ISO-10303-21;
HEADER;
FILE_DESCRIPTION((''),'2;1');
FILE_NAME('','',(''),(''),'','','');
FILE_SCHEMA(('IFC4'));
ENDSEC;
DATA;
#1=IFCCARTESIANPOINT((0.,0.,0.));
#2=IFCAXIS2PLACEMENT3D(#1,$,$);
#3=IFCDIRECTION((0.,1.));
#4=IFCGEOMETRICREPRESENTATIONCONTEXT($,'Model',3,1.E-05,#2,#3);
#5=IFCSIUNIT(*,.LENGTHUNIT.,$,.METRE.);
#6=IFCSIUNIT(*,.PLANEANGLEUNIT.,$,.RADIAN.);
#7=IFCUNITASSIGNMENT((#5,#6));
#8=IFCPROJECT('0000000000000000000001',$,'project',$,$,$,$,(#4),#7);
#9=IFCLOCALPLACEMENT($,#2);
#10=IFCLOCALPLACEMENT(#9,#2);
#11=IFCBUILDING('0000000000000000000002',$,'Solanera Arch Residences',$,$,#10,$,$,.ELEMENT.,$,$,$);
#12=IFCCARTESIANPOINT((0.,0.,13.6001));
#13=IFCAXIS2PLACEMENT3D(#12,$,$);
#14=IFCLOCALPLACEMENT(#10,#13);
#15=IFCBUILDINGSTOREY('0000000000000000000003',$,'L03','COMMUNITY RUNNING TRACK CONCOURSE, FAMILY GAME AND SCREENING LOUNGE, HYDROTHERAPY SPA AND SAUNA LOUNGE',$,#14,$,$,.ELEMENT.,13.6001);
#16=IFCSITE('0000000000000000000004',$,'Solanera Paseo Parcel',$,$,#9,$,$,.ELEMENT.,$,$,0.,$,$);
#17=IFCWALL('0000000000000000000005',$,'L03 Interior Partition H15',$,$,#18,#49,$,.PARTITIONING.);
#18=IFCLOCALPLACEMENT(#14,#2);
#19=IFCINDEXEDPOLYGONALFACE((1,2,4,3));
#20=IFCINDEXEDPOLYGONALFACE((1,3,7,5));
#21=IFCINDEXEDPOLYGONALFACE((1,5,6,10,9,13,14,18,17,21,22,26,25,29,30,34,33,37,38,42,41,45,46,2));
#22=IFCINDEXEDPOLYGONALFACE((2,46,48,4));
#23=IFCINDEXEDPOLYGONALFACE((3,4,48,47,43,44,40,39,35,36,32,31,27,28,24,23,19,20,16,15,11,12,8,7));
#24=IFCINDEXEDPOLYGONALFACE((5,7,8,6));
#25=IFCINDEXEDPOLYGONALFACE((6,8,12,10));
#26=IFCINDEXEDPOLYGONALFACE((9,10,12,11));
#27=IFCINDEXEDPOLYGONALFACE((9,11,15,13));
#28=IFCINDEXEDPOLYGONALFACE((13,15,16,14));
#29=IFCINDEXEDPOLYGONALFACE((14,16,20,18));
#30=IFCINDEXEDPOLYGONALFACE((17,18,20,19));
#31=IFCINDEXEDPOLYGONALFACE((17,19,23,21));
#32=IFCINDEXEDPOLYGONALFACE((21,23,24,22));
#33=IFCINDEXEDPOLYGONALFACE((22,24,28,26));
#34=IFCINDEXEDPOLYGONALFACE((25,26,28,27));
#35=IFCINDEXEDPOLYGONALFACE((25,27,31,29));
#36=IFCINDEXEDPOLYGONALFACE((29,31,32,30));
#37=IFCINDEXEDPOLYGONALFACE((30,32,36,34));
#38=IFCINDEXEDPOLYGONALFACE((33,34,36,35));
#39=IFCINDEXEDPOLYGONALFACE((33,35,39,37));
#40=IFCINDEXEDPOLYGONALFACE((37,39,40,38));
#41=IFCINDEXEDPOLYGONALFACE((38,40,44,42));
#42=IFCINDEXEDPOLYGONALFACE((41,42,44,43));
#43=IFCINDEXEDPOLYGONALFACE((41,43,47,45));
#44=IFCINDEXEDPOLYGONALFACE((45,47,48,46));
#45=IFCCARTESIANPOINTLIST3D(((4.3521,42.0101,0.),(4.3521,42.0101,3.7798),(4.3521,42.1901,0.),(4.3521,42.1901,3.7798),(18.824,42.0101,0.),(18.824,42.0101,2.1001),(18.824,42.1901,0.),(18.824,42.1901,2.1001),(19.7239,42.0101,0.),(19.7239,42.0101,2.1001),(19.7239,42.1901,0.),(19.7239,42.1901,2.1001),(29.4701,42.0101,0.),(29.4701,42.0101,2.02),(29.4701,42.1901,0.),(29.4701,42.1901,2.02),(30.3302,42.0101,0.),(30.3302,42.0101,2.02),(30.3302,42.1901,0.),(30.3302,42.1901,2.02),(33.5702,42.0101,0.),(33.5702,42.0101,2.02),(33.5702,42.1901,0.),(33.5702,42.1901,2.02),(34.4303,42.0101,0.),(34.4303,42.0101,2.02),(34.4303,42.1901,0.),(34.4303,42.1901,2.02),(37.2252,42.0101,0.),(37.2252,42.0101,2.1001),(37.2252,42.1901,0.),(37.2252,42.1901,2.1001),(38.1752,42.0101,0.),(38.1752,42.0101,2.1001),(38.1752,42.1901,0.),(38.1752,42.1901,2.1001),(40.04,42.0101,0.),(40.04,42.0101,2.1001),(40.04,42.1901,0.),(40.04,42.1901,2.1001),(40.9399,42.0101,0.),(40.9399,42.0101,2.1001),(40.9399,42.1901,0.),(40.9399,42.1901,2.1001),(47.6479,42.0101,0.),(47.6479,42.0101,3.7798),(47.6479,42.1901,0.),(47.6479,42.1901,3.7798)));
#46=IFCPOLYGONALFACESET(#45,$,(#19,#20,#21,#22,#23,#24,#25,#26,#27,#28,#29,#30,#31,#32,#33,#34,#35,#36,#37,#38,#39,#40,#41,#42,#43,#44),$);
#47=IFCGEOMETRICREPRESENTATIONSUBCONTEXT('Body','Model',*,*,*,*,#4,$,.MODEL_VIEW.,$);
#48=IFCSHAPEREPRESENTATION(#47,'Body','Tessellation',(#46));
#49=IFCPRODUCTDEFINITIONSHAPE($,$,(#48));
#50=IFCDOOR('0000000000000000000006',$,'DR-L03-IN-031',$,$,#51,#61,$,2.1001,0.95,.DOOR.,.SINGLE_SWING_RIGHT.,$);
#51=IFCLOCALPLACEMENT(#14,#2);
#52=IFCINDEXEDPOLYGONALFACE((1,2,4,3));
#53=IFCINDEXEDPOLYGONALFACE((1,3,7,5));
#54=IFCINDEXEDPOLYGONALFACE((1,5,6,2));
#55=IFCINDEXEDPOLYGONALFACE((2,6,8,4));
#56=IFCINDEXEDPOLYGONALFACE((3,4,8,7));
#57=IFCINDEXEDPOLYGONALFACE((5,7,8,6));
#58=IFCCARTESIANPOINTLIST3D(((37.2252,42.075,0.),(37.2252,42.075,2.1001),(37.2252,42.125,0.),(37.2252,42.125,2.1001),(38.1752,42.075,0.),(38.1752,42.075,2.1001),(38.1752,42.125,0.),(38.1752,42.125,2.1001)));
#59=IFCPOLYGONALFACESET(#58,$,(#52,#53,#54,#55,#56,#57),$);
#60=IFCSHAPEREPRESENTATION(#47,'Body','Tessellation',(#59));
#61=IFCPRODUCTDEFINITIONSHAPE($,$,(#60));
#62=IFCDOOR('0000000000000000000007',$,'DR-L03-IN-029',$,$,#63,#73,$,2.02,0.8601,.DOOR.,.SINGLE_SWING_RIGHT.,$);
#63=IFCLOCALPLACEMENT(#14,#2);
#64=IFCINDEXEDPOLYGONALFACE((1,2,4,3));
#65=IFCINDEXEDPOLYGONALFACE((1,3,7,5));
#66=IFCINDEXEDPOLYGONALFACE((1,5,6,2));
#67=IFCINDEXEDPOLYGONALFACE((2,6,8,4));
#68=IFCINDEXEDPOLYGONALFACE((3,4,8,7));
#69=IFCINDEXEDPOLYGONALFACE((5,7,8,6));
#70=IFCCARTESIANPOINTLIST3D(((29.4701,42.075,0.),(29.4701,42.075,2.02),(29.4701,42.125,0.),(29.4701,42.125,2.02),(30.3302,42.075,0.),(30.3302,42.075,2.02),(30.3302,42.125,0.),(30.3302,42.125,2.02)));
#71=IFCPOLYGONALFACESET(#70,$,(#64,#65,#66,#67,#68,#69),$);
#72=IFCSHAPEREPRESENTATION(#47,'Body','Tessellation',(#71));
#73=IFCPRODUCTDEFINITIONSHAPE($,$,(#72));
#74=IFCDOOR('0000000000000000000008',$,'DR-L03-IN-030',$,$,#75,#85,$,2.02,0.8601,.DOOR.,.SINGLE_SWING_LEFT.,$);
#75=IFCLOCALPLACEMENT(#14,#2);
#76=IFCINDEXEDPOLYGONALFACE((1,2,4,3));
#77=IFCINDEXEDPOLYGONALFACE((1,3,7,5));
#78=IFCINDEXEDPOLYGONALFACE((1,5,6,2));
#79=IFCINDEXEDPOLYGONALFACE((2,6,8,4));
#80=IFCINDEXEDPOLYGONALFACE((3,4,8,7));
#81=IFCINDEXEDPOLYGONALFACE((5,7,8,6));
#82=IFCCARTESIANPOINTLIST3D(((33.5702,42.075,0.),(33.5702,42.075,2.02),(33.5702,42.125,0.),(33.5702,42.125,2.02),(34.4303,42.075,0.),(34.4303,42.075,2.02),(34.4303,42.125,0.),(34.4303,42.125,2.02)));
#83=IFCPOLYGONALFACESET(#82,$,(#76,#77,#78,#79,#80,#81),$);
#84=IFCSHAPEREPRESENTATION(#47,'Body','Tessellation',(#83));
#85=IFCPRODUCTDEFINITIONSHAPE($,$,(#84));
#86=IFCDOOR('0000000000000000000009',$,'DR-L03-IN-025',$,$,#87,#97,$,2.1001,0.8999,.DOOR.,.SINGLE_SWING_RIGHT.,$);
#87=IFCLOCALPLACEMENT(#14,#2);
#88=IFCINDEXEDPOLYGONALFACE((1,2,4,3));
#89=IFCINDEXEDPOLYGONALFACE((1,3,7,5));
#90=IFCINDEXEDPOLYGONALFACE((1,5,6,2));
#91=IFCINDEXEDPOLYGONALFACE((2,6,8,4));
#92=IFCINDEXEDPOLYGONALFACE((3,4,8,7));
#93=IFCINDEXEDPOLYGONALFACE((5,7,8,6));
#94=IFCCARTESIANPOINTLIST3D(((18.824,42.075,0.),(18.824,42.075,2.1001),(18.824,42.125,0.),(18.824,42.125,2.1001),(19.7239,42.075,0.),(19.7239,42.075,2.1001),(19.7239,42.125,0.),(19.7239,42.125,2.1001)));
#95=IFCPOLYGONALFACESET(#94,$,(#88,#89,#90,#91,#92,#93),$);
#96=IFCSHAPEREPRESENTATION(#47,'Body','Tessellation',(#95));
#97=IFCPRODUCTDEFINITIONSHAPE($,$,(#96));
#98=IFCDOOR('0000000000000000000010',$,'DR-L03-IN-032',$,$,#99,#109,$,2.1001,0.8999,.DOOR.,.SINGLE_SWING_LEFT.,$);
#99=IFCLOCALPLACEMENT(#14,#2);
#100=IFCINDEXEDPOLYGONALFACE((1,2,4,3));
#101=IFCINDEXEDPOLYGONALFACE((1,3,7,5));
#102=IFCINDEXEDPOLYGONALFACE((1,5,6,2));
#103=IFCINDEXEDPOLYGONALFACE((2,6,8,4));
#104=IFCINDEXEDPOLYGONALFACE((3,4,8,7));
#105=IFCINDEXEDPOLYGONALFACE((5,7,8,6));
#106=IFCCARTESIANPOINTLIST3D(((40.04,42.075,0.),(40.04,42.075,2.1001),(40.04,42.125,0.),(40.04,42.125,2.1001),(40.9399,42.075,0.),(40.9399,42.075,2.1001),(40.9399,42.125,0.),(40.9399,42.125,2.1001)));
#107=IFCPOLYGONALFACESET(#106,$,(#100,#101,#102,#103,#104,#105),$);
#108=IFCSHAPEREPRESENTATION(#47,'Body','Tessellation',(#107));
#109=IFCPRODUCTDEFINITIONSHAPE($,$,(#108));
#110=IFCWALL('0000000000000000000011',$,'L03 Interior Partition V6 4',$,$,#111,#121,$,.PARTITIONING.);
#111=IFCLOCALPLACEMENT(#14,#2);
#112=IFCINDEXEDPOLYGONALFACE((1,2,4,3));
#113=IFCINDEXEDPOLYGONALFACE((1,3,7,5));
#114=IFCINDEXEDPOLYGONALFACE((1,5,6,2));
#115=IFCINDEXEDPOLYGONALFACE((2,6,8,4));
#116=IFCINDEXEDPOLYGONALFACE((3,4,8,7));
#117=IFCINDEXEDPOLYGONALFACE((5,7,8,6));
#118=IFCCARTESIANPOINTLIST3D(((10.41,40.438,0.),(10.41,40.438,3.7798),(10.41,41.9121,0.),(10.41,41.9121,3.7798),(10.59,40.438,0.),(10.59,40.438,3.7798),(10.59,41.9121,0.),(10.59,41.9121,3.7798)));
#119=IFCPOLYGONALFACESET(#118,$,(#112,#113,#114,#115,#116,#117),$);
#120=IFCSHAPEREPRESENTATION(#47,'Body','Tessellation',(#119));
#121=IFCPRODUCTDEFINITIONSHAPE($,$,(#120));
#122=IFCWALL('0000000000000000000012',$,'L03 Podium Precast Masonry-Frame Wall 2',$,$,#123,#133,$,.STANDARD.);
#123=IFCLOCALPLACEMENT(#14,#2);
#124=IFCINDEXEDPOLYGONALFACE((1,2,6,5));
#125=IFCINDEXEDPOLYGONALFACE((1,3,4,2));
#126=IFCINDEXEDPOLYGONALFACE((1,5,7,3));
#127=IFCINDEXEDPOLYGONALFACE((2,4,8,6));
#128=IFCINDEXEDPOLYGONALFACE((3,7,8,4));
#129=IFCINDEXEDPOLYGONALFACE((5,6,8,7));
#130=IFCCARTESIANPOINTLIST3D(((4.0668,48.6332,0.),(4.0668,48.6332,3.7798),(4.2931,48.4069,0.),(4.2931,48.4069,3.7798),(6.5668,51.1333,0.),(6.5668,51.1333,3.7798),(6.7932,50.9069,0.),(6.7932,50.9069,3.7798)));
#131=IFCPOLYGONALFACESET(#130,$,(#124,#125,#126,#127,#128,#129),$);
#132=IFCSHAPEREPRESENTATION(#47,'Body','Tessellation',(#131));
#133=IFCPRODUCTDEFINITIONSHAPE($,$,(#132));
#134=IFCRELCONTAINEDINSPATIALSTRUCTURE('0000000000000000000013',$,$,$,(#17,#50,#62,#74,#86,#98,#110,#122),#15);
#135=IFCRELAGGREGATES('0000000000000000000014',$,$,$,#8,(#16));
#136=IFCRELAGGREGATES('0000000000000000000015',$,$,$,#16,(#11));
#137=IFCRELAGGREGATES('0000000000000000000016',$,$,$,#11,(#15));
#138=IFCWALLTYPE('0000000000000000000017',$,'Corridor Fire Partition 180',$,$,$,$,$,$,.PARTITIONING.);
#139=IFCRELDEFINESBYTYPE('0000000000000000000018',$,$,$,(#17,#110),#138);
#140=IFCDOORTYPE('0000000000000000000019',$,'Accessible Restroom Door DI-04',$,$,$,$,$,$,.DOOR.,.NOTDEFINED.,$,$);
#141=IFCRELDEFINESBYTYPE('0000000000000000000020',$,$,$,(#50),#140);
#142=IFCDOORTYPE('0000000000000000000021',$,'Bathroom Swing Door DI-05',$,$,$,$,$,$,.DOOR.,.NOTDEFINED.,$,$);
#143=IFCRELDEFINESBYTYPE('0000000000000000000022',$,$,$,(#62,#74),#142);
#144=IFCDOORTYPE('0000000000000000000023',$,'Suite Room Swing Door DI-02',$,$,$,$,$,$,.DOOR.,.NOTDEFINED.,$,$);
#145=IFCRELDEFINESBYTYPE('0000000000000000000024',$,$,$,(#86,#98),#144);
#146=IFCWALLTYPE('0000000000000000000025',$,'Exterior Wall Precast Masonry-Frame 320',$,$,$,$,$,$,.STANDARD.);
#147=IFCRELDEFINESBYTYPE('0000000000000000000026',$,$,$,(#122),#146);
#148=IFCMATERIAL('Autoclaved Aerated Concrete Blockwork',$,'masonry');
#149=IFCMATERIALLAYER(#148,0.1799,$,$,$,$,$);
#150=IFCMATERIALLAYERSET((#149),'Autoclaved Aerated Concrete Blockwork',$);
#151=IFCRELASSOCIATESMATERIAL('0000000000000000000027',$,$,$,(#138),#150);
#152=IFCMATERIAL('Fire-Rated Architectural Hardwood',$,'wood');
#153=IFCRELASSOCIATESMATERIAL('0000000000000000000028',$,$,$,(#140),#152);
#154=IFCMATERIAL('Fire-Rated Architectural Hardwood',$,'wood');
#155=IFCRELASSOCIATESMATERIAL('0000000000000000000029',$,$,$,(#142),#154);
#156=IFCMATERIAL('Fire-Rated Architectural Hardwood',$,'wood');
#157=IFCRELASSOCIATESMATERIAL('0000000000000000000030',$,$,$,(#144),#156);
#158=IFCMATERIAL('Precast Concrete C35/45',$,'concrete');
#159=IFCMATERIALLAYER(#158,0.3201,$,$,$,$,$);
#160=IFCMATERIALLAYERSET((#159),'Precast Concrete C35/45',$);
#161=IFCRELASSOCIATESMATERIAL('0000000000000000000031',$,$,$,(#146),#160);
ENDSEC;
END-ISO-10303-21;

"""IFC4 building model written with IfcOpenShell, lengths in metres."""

from ifc_helpers import new_model, si_unit, direction, frame, frame_2d, origin, place, context, subcontext, project, spatial, rectangle, extrude, material, layer, layer_set, type_object, element, fill, save


model = new_model("IFC4")

# Units and contexts
model_context = context("Model", 3, precision=1e-05, world=origin(), true_north=direction((0.0, 1.0)))
body_context = subcontext(model_context, "Body", "Model", "MODEL_VIEW")
ifc_project = project(units=[si_unit("LENGTHUNIT", "METRE"), si_unit("PLANEANGLEUNIT", "RADIAN")], contexts=[model_context])

# Site, building, storey
site_placement = place(None, origin())
site = spatial("IfcSite", under=ifc_project, at=site_placement, Name="Solanera Paseo Parcel", CompositionType="ELEMENT", RefElevation=0.0)
building_placement = place(site_placement, origin())
building = spatial("IfcBuilding", under=site, at=building_placement, Name="Solanera Arch Residences", CompositionType="ELEMENT")
storey_placement = place(building_placement, frame((0.0, 0.0, 13.6001)))
storey = spatial("IfcBuildingStorey", under=building, at=storey_placement, Name="L03", Description="COMMUNITY RUNNING TRACK CONCOURSE, FAMILY GAME AND SCREENING LOUNGE, HYDROTHERAPY SPA AND SAUNA LOUNGE", CompositionType="ELEMENT", Elevation=13.6001)

# Wall, openings, doors
ifc_material_1 = material(Name="Autoclaved Aerated Concrete Blockwork", Category="masonry")
ifc_layer_1 = layer(ifc_material_1, 0.1799)
ifc_layer_set_1 = layer_set([ifc_layer_1], Name="Autoclaved Aerated Concrete Blockwork")
wall_type_1 = type_object("IfcWallType", Name="Corridor Fire Partition 180", PredefinedType="PARTITIONING", material=ifc_layer_set_1)
wall_1_placement = place(storey_placement, frame((4.3521, 42.1001, 0.0), z_axis=(0.0, 0.0, 1.0), x_axis=(1.0, 0.0, 0.0)))
wall_1 = element("IfcWall", 1, at=wall_1_placement, inside=storey, type_object=wall_type_1, Name="L03 Interior Partition H15", PredefinedType="PARTITIONING", context=body_context, shape_type="SweptSolid", body=[
    extrude(rectangle(XDim=43.2959, YDim=0.1799, at=frame_2d((21.6479, 0.0))), origin(), (0.0, 0.0, 1.0), 3.7798),
])
opening_1_placement = place(wall_1_placement, frame((14.4719, 0.0, 0.0)))
opening_1 = element("IfcOpeningElement", 2, at=opening_1_placement, cuts=wall_1, PredefinedType="OPENING", context=body_context, shape_type="SweptSolid", body=[
    extrude(rectangle(XDim=0.8999, YDim=2.1001, at=frame_2d((0.45, 1.05))), frame((0.0, 0.1001, 0.0), z_axis=(0.0, -1.0, 0.0), x_axis=(1.0, 0.0, 0.0)), (0.0, 0.0, 1.0), 0.1999),
])
opening_2_placement = place(wall_1_placement, frame((25.1179, 0.0, 0.0)))
opening_2 = element("IfcOpeningElement", 3, at=opening_2_placement, cuts=wall_1, PredefinedType="OPENING", context=body_context, shape_type="SweptSolid", body=[
    extrude(rectangle(XDim=0.8601, YDim=2.02, at=frame_2d((0.4302, 1.01))), frame((0.0, 0.1001, 0.0), z_axis=(0.0, -1.0, 0.0), x_axis=(1.0, 0.0, 0.0)), (0.0, 0.0, 1.0), 0.1999),
])
opening_3_placement = place(wall_1_placement, frame((29.218, 0.0, 0.0)))
opening_3 = element("IfcOpeningElement", 4, at=opening_3_placement, cuts=wall_1, PredefinedType="OPENING", context=body_context, shape_type="SweptSolid", body=[
    extrude(rectangle(XDim=0.8601, YDim=2.02, at=frame_2d((0.4302, 1.01))), frame((0.0, 0.1001, 0.0), z_axis=(0.0, -1.0, 0.0), x_axis=(1.0, 0.0, 0.0)), (0.0, 0.0, 1.0), 0.1999),
])
opening_4_placement = place(wall_1_placement, frame((32.873, 0.0, 0.0)))
opening_4 = element("IfcOpeningElement", 5, at=opening_4_placement, cuts=wall_1, PredefinedType="OPENING", context=body_context, shape_type="SweptSolid", body=[
    extrude(rectangle(XDim=0.95, YDim=2.1001, at=frame_2d((0.4751, 1.05))), frame((0.0, 0.1001, 0.0), z_axis=(0.0, -1.0, 0.0), x_axis=(1.0, 0.0, 0.0)), (0.0, 0.0, 1.0), 0.1999),
])
opening_5_placement = place(wall_1_placement, frame((35.688, 0.0, 0.0)))
opening_5 = element("IfcOpeningElement", 6, at=opening_5_placement, cuts=wall_1, PredefinedType="OPENING", context=body_context, shape_type="SweptSolid", body=[
    extrude(rectangle(XDim=0.8999, YDim=2.1001, at=frame_2d((0.45, 1.05))), frame((0.0, 0.1001, 0.0), z_axis=(0.0, -1.0, 0.0), x_axis=(1.0, 0.0, 0.0)), (0.0, 0.0, 1.0), 0.1999),
])
ifc_material_2 = material(Name="Fire-Rated Architectural Hardwood", Category="wood")
door_type_1 = type_object("IfcDoorType", Name="Accessible Restroom Door DI-04", OperationType="NOTDEFINED", PredefinedType="DOOR", material=ifc_material_2)
door_1_placement = place(opening_4_placement, origin())
door_1 = element("IfcDoor", 7, at=door_1_placement, inside=storey, type_object=door_type_1, Name="DR-L03-IN-031", OperationType="SINGLE_SWING_RIGHT", OverallHeight=2.1001, OverallWidth=0.95, PredefinedType="DOOR", context=body_context, shape_type="SweptSolid", body=[
    extrude(rectangle(XDim=0.95, YDim=2.1001, at=frame_2d((0.4751, 1.05))), frame((0.0, 0.0249, 0.0), z_axis=(0.0, -1.0, 0.0), x_axis=(1.0, 0.0, 0.0)), (0.0, 0.0, 1.0), 0.05),
])
fill(opening_4, door_1)
ifc_material_3 = material(Name="Fire-Rated Architectural Hardwood", Category="wood")
door_type_2 = type_object("IfcDoorType", Name="Bathroom Swing Door DI-05", OperationType="NOTDEFINED", PredefinedType="DOOR", material=ifc_material_3)
door_2_placement = place(opening_2_placement, origin())
door_2 = element("IfcDoor", 8, at=door_2_placement, inside=storey, type_object=door_type_2, Name="DR-L03-IN-029", OperationType="SINGLE_SWING_RIGHT", OverallHeight=2.02, OverallWidth=0.8601, PredefinedType="DOOR", context=body_context, shape_type="SweptSolid", body=[
    extrude(rectangle(XDim=0.8601, YDim=2.02, at=frame_2d((0.4302, 1.01))), frame((0.0, 0.0249, 0.0), z_axis=(0.0, -1.0, 0.0), x_axis=(1.0, 0.0, 0.0)), (0.0, 0.0, 1.0), 0.05),
])
fill(opening_2, door_2)
door_3_placement = place(opening_3_placement, origin())
door_3 = element("IfcDoor", 9, at=door_3_placement, inside=storey, type_object=door_type_2, Name="DR-L03-IN-030", OperationType="SINGLE_SWING_LEFT", OverallHeight=2.02, OverallWidth=0.8601, PredefinedType="DOOR", context=body_context, shape_type="SweptSolid", body=[
    extrude(rectangle(XDim=0.8601, YDim=2.02, at=frame_2d((0.4302, 1.01))), frame((0.0, 0.0249, 0.0), z_axis=(0.0, -1.0, 0.0), x_axis=(1.0, 0.0, 0.0)), (0.0, 0.0, 1.0), 0.05),
])
fill(opening_3, door_3)
ifc_material_4 = material(Name="Fire-Rated Architectural Hardwood", Category="wood")
door_type_3 = type_object("IfcDoorType", Name="Suite Room Swing Door DI-02", OperationType="NOTDEFINED", PredefinedType="DOOR", material=ifc_material_4)
door_4_placement = place(opening_1_placement, origin())
door_4 = element("IfcDoor", 10, at=door_4_placement, inside=storey, type_object=door_type_3, Name="DR-L03-IN-025", OperationType="SINGLE_SWING_RIGHT", OverallHeight=2.1001, OverallWidth=0.8999, PredefinedType="DOOR", context=body_context, shape_type="SweptSolid", body=[
    extrude(rectangle(XDim=0.8999, YDim=2.1001, at=frame_2d((0.45, 1.05))), frame((0.0, 0.0249, 0.0), z_axis=(0.0, -1.0, 0.0), x_axis=(1.0, 0.0, 0.0)), (0.0, 0.0, 1.0), 0.05),
])
fill(opening_1, door_4)
door_5_placement = place(opening_5_placement, origin())
door_5 = element("IfcDoor", 11, at=door_5_placement, inside=storey, type_object=door_type_3, Name="DR-L03-IN-032", OperationType="SINGLE_SWING_LEFT", OverallHeight=2.1001, OverallWidth=0.8999, PredefinedType="DOOR", context=body_context, shape_type="SweptSolid", body=[
    extrude(rectangle(XDim=0.8999, YDim=2.1001, at=frame_2d((0.45, 1.05))), frame((0.0, 0.0249, 0.0), z_axis=(0.0, -1.0, 0.0), x_axis=(1.0, 0.0, 0.0)), (0.0, 0.0, 1.0), 0.05),
])
fill(opening_5, door_5)

# Walls
wall_2_placement = place(storey_placement, frame((10.5, 40.438, 0.0), z_axis=(0.0, 0.0, 1.0), x_axis=(0.0, 1.0, 0.0)))
element("IfcWall", 12, at=wall_2_placement, inside=storey, type_object=wall_type_1, Name="L03 Interior Partition V6 4", PredefinedType="PARTITIONING", context=body_context, shape_type="SweptSolid", body=[
    extrude(rectangle(XDim=1.4741, YDim=0.1799, at=frame_2d((0.7371, 0.0))), origin(), (0.0, 0.0, 1.0), 3.7798),
])
ifc_material_5 = material(Name="Precast Concrete C35/45", Category="concrete")
ifc_layer_2 = layer(ifc_material_5, 0.3201)
ifc_layer_set_2 = layer_set([ifc_layer_2], Name="Precast Concrete C35/45")
wall_type_2 = type_object("IfcWallType", Name="Exterior Wall Precast Masonry-Frame 320", PredefinedType="STANDARD", material=ifc_layer_set_2)
wall_3_placement = place(storey_placement, frame((4.1799, 48.52, 0.0), z_axis=(0.0, 0.0, 1.0), x_axis=(0.707107, 0.707107, 0.0)))
element("IfcWall", 13, at=wall_3_placement, inside=storey, type_object=wall_type_2, Name="L03 Podium Precast Masonry-Frame Wall 2", PredefinedType="STANDARD", context=body_context, shape_type="SweptSolid", body=[
    extrude(rectangle(XDim=3.5356, YDim=0.3201, at=frame_2d((1.7678, 0.0))), origin(), (0.0, 0.0, 1.0), 3.7798),
])

save(model, "model.ifc")
